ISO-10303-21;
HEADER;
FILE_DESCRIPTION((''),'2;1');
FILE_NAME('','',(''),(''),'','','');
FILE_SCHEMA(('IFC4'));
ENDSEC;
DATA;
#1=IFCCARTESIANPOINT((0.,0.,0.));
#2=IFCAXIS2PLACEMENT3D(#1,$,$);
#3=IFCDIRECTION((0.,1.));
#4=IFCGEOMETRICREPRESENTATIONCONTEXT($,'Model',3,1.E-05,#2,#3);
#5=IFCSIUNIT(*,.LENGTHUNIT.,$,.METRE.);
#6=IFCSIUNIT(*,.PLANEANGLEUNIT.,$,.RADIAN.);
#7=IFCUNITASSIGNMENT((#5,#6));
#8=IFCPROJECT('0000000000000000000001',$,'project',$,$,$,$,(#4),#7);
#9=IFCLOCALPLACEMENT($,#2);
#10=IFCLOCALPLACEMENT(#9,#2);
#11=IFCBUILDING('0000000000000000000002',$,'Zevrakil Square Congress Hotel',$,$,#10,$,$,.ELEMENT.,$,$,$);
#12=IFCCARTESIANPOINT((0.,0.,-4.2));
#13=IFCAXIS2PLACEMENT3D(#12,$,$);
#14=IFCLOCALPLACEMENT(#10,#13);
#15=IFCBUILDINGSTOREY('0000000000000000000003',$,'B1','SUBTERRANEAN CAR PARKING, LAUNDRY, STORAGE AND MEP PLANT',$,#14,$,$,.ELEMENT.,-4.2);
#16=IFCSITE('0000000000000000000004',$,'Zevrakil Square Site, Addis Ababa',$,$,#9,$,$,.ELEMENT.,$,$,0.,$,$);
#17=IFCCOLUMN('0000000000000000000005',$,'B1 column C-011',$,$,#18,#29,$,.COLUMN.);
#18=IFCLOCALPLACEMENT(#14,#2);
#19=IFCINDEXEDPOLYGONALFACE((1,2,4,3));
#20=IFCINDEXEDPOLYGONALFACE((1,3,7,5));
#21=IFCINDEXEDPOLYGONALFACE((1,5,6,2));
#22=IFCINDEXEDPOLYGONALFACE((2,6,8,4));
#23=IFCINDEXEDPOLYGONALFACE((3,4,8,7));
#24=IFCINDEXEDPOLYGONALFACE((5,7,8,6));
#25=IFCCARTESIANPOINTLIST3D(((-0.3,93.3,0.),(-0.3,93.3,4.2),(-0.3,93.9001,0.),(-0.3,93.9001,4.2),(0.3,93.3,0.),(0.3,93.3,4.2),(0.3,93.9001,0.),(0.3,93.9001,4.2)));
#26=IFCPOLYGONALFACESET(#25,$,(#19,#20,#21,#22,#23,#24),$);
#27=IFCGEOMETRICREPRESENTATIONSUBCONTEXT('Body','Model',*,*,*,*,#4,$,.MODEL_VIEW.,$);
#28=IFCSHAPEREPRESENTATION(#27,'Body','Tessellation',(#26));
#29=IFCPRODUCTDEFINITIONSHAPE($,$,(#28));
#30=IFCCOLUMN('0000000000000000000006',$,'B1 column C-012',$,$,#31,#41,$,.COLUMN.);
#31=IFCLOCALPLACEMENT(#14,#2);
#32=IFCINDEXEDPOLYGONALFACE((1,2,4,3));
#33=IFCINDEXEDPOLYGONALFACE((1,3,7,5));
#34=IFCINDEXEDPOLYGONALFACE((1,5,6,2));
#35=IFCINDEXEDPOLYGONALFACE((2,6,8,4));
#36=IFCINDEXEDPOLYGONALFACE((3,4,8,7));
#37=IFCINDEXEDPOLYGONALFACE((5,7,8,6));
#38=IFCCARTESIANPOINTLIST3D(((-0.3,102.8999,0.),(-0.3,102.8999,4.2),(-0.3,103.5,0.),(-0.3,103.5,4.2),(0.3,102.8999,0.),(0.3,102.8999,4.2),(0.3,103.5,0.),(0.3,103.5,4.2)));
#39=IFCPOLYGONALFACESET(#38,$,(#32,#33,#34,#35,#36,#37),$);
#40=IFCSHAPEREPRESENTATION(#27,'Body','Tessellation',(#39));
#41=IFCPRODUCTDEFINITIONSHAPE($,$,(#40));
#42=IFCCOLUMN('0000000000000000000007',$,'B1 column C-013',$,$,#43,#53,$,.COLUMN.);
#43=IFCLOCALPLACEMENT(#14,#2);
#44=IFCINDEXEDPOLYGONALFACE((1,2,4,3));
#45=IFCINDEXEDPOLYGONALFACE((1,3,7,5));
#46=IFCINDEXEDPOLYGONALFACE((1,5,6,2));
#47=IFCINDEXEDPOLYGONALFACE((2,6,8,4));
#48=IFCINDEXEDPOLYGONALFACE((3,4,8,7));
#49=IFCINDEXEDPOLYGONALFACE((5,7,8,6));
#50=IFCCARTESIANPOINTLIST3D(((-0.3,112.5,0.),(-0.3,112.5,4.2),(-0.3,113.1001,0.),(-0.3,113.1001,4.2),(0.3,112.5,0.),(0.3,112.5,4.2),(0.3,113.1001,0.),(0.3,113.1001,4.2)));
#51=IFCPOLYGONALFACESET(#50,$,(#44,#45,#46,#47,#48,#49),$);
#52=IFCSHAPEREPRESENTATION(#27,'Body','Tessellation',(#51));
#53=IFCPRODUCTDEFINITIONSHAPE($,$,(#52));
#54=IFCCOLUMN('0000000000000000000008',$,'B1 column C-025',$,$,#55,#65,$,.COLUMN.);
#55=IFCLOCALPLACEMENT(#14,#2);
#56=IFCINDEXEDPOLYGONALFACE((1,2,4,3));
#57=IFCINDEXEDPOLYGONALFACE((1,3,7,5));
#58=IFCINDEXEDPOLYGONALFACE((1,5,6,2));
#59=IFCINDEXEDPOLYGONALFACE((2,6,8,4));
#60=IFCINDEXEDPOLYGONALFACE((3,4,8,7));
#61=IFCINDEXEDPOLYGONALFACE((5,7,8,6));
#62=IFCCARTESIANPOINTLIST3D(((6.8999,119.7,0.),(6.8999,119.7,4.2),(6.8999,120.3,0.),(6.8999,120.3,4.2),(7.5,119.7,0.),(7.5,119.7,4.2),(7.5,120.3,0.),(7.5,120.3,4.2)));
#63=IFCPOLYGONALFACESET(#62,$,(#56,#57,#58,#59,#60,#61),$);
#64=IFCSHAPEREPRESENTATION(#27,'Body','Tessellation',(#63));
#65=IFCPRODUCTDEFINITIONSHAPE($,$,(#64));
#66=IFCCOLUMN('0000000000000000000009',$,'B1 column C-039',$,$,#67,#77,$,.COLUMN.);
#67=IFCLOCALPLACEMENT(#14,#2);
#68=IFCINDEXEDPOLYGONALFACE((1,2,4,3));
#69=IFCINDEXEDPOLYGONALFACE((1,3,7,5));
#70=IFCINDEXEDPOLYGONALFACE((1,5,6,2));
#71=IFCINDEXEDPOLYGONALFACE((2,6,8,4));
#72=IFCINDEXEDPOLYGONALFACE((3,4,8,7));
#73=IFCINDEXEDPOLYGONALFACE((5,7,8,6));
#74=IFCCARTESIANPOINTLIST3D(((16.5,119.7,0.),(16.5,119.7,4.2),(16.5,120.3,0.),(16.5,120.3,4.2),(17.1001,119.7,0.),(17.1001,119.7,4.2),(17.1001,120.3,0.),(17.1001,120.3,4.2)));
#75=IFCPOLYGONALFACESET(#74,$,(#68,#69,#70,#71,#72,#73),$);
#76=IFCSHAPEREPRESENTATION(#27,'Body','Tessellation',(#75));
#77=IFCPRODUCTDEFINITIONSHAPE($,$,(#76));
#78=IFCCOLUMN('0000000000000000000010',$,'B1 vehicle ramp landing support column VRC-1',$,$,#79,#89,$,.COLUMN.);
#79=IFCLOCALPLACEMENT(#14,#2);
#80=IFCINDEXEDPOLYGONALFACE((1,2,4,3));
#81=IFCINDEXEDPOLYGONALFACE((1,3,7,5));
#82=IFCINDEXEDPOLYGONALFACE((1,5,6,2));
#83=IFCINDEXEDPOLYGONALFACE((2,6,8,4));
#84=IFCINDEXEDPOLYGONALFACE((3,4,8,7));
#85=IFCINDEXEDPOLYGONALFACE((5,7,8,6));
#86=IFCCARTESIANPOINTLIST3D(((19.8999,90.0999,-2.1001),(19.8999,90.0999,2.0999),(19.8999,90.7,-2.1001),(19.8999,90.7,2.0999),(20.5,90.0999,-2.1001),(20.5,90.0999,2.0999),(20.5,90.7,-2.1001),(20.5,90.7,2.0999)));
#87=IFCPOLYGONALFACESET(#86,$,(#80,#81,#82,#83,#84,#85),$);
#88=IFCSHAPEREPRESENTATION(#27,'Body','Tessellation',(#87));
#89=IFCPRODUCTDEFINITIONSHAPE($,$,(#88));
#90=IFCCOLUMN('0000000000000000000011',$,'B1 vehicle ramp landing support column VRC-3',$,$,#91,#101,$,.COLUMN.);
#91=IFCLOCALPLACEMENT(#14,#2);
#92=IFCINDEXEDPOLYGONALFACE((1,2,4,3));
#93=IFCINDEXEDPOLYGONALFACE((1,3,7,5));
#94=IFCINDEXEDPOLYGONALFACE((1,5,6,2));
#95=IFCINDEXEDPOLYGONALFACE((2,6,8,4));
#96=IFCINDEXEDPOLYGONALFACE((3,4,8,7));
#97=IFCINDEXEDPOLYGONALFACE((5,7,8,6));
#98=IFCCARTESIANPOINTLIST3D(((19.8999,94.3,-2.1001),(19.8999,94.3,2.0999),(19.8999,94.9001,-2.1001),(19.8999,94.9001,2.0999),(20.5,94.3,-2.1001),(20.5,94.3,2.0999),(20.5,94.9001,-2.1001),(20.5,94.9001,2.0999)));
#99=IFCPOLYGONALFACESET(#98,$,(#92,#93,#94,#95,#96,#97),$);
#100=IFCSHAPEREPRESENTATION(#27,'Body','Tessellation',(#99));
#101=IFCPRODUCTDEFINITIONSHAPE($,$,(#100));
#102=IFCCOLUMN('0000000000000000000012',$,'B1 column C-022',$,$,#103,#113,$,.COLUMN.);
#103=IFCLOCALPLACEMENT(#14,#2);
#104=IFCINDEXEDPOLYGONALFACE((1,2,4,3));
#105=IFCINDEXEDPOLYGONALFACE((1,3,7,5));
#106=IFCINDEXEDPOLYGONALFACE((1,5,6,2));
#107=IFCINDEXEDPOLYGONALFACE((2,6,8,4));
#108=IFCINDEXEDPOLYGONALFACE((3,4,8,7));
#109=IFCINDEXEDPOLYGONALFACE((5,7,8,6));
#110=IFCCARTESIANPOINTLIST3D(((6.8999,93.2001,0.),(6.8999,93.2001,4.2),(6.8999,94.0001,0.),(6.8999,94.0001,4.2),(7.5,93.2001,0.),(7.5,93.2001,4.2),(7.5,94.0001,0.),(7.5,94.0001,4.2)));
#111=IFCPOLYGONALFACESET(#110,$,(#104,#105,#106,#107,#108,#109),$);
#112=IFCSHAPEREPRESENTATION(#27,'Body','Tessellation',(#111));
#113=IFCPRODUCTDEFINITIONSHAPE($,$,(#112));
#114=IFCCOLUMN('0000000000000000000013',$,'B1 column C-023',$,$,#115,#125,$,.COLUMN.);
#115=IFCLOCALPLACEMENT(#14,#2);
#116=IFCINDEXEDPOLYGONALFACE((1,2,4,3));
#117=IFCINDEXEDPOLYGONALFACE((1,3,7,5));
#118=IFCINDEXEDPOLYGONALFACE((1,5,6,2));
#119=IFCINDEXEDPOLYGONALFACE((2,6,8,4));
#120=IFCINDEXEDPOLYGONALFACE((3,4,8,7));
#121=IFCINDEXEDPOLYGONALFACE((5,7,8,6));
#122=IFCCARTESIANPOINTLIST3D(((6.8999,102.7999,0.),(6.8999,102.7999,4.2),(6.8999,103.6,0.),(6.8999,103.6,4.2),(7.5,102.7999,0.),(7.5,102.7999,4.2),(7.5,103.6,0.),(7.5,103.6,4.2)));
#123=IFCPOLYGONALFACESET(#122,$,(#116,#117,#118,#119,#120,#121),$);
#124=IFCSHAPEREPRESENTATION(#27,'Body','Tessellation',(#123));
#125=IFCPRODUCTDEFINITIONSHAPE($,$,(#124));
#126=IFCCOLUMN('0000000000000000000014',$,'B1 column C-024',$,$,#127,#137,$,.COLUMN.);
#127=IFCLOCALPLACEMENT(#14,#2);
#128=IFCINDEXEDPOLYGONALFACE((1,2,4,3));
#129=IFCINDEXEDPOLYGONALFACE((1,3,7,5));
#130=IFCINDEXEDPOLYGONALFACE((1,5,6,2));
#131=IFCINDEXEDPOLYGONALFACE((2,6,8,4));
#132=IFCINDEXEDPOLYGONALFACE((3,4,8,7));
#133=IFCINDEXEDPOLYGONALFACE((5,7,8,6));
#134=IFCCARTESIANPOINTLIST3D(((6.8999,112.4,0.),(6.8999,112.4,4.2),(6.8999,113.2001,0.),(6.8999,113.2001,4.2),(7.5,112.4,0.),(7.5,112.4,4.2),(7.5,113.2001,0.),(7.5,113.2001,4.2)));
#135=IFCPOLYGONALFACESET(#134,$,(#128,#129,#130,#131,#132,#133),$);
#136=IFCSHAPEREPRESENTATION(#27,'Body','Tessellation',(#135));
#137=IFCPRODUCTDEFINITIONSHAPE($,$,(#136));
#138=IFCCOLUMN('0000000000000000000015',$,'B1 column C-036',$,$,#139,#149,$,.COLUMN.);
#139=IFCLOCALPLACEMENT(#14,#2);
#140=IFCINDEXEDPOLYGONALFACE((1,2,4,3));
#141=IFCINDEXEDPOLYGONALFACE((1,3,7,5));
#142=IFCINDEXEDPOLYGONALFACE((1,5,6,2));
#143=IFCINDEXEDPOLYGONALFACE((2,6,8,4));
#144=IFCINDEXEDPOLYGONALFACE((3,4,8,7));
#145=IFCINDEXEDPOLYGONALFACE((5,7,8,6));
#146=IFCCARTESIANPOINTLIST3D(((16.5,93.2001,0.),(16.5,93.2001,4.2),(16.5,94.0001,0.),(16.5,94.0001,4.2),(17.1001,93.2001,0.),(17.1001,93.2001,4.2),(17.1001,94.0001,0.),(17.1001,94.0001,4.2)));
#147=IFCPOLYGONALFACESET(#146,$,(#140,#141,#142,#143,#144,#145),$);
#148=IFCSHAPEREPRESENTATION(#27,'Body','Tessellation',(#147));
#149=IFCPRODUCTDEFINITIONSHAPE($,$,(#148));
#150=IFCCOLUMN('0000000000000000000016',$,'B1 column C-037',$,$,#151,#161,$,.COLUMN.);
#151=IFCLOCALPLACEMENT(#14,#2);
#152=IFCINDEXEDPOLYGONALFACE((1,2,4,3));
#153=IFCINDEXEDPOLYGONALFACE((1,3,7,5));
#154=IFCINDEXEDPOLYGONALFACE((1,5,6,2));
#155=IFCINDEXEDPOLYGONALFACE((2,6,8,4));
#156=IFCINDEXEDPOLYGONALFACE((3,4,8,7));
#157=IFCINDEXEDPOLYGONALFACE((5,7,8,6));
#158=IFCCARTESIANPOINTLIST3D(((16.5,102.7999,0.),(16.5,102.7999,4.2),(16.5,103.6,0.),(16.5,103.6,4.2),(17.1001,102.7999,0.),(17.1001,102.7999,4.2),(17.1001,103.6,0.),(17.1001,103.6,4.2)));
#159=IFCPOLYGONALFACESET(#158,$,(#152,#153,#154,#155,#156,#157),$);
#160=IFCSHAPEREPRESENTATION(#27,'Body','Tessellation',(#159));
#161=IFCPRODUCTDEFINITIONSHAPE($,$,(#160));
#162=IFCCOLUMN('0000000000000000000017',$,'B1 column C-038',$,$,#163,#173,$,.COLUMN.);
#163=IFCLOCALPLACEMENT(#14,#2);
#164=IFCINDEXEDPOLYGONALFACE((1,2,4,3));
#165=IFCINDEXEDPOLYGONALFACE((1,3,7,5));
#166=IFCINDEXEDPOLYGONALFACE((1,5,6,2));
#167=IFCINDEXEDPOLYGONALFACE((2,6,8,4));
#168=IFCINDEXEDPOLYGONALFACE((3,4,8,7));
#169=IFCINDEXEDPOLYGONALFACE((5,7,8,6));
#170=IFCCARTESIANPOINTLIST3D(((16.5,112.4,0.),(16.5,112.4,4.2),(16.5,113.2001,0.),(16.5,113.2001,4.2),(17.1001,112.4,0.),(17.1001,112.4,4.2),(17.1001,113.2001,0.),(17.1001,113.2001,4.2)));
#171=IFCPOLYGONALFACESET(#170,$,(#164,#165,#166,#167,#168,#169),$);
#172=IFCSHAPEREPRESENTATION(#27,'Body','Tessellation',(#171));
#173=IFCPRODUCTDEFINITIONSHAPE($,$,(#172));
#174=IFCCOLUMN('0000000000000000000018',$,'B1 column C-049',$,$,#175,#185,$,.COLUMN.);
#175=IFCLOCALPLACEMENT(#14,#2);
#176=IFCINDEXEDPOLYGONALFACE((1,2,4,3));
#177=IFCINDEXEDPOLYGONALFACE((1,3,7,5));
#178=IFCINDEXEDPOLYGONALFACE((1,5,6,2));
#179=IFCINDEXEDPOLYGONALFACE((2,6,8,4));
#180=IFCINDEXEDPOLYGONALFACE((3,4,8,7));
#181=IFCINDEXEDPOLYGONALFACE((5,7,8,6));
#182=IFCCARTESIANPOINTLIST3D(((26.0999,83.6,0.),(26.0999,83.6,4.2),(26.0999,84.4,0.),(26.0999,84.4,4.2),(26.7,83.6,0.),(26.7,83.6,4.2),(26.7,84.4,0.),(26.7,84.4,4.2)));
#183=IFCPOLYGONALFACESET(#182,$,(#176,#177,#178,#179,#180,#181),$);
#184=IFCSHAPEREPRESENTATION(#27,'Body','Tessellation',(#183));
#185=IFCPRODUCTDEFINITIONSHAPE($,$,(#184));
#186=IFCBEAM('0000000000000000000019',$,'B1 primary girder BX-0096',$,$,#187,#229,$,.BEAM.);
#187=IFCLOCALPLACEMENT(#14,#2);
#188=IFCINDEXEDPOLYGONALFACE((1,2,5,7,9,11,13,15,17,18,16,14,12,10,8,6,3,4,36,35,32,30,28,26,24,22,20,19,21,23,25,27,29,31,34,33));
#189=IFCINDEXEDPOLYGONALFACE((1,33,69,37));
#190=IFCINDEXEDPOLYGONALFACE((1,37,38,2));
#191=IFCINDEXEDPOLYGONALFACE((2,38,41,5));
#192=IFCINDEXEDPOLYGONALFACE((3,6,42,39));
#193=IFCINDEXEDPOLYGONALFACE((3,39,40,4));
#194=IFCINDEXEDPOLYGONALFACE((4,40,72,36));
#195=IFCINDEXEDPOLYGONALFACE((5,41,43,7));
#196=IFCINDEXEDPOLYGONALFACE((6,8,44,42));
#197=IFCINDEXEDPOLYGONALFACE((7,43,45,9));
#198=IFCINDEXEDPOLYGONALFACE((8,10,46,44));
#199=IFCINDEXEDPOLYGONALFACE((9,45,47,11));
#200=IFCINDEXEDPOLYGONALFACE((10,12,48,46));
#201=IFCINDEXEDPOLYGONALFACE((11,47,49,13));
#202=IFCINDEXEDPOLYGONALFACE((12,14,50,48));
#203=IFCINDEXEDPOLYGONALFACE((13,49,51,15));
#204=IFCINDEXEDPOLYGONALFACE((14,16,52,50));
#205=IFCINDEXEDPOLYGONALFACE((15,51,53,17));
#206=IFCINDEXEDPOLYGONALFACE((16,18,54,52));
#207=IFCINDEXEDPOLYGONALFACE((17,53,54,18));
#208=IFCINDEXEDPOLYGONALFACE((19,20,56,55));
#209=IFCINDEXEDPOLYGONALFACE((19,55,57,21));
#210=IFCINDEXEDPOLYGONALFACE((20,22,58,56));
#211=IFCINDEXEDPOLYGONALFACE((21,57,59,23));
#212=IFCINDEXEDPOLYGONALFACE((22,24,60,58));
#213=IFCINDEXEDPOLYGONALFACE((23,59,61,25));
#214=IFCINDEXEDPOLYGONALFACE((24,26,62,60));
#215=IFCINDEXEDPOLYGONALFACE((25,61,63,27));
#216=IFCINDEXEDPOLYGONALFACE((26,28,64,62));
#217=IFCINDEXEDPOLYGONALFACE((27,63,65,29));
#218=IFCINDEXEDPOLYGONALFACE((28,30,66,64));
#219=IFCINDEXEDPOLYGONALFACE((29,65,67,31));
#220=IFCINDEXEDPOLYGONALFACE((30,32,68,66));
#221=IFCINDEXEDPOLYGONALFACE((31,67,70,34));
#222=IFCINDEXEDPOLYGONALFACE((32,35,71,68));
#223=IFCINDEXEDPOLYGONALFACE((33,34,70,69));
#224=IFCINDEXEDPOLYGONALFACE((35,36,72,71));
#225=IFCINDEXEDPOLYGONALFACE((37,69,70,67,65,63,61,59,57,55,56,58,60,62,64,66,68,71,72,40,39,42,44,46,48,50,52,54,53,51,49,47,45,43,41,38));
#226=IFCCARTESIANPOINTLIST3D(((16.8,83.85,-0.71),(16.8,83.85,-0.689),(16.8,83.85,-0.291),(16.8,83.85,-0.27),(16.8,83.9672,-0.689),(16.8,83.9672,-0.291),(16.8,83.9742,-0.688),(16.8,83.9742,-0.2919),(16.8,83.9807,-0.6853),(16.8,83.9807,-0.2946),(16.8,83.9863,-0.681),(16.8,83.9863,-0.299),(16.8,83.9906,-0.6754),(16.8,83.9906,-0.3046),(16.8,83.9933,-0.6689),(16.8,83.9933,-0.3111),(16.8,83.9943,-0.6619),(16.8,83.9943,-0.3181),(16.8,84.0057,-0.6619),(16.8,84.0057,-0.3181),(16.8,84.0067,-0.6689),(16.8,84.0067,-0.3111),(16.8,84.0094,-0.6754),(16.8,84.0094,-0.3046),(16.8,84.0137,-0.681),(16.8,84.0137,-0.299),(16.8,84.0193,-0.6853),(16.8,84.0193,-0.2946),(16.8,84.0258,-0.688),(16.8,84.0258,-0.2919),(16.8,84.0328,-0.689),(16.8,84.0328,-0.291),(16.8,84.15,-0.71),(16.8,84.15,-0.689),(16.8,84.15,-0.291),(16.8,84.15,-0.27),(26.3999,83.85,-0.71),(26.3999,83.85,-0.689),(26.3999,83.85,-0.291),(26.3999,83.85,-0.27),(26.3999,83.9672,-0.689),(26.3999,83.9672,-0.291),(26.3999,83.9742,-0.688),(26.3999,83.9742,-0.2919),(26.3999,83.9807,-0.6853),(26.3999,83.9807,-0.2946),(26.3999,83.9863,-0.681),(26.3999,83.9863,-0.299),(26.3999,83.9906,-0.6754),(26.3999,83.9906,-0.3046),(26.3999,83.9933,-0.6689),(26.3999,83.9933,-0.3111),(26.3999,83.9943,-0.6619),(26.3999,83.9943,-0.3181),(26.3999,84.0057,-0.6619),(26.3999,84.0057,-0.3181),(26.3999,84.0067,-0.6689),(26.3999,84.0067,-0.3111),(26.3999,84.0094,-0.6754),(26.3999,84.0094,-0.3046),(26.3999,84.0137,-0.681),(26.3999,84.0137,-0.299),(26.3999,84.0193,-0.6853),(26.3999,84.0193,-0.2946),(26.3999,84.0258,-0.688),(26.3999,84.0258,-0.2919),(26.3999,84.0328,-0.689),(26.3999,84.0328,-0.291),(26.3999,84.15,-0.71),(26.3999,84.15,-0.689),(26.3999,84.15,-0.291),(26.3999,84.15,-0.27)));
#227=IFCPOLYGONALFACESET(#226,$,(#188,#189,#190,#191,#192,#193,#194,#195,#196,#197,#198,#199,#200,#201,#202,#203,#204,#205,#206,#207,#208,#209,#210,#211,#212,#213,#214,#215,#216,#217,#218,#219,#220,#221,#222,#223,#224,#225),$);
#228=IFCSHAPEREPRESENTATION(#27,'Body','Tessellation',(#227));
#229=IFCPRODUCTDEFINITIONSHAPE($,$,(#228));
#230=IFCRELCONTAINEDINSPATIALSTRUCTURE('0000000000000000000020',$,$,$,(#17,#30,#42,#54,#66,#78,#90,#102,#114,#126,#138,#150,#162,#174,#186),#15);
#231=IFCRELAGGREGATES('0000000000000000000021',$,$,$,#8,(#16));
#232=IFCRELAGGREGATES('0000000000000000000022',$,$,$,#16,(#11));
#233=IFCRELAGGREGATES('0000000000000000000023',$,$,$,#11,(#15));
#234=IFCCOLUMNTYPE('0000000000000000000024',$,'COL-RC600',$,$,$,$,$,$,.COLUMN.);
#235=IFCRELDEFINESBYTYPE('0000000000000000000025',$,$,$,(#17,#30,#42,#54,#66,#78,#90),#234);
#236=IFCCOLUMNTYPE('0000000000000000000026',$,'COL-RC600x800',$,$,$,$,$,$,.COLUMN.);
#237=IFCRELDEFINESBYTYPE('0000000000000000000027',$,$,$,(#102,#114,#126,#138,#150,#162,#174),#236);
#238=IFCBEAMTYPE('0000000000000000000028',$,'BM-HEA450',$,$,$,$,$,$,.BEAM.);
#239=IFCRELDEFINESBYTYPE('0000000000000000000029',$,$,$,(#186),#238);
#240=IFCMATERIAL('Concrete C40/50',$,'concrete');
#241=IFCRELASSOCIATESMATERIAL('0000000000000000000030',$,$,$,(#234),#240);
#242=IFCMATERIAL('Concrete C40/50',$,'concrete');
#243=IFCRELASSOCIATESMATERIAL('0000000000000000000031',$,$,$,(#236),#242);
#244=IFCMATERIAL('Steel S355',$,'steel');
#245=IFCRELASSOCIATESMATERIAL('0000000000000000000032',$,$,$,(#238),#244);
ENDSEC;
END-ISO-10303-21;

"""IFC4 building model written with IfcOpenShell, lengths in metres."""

from ifc_helpers import new_model, si_unit, direction, frame, origin, origin_2d, place, context, subcontext, project, spatial, rectangle, i_section, extrude, material, material_profile, profile_set, type_object, element, save


model = new_model("IFC4")

# Units and contexts
model_context = context("Model", 3, precision=1e-05, world=origin(), true_north=direction((0.0, 1.0)))
body_context = subcontext(model_context, "Body", "Model", "MODEL_VIEW")
ifc_project = project(units=[si_unit("LENGTHUNIT", "METRE"), si_unit("PLANEANGLEUNIT", "RADIAN")], contexts=[model_context])

# Site, building, storey
site_placement = place(None, origin())
site = spatial("IfcSite", under=ifc_project, at=site_placement, Name="Zevrakil Square Site, Addis Ababa", CompositionType="ELEMENT", RefElevation=0.0)
building_placement = place(site_placement, origin())
building = spatial("IfcBuilding", under=site, at=building_placement, Name="Zevrakil Square Congress Hotel", CompositionType="ELEMENT")
storey_placement = place(building_placement, frame((0.0, 0.0, -4.2)))
storey = spatial("IfcBuildingStorey", under=building, at=storey_placement, Name="B1", Description="SUBTERRANEAN CAR PARKING, LAUNDRY, STORAGE AND MEP PLANT", CompositionType="ELEMENT", Elevation=-4.2)

# Columns
ifc_material_1 = material(Name="Concrete C40/50", Category="concrete")
ifc_material_profile_1 = material_profile(ifc_material_1, rectangle(XDim=0.6001, YDim=0.6001, at=origin_2d()), Name="RC 600x600")
ifc_profile_set_1 = profile_set([ifc_material_profile_1], Name="Concrete C40/50")
column_type_1 = type_object("IfcColumnType", Name="COL-RC600", PredefinedType="COLUMN", material=ifc_profile_set_1)
for number, where, z_axis, x_axis, name in (
    (1, (0.0, 93.6001, 0.0), (0.0, 0.0, 1.0), (1.0, 0.0, 0.0), "B1 column C-011"),
    (2, (0.0, 103.2, 0.0), (0.0, 0.0, 1.0), (1.0, 0.0, 0.0), "B1 column C-012"),
    (3, (0.0, 112.8, 0.0), (0.0, 0.0, 1.0), (1.0, 0.0, 0.0), "B1 column C-013"),
    (4, (7.2, 120.0, 0.0), (0.0, 0.0, 1.0), (1.0, 0.0, 0.0), "B1 column C-025"),
    (5, (16.8, 120.0, 0.0), (0.0, 0.0, 1.0), (1.0, 0.0, 0.0), "B1 column C-039"),
    (6, (20.2, 90.3999, -2.1001), (0.0, 0.0, 1.0), (1.0, 0.0, 0.0), "B1 vehicle ramp landing support column VRC-1"),
    (7, (20.2, 94.6001, -2.1001), (0.0, 0.0, 1.0), (1.0, 0.0, 0.0), "B1 vehicle ramp landing support column VRC-3"),
):
    element("IfcColumn", number, at=place(storey_placement, frame(where, z_axis=z_axis, x_axis=x_axis)), inside=storey, type_object=column_type_1, Name=name, PredefinedType="COLUMN", context=body_context, shape_type="SweptSolid", body=[
        extrude(rectangle(XDim=0.6001, YDim=0.6001, at=origin_2d()), origin(), (0.0, 0.0, 1.0), 4.2),
    ])
ifc_material_2 = material(Name="Concrete C40/50", Category="concrete")
ifc_material_profile_2 = material_profile(ifc_material_2, rectangle(XDim=0.6001, YDim=0.8, at=origin_2d()), Name="RC 600x800")
ifc_profile_set_2 = profile_set([ifc_material_profile_2], Name="Concrete C40/50")
column_type_2 = type_object("IfcColumnType", Name="COL-RC600x800", PredefinedType="COLUMN", material=ifc_profile_set_2)
for number, where, z_axis, x_axis, name in (
    (8, (7.2, 93.6001, 0.0), (0.0, 0.0, 1.0), (1.0, 0.0, 0.0), "B1 column C-022"),
    (9, (7.2, 103.2, 0.0), (0.0, 0.0, 1.0), (1.0, 0.0, 0.0), "B1 column C-023"),
    (10, (7.2, 112.8, 0.0), (0.0, 0.0, 1.0), (1.0, 0.0, 0.0), "B1 column C-024"),
    (11, (16.8, 93.6001, 0.0), (0.0, 0.0, 1.0), (1.0, 0.0, 0.0), "B1 column C-036"),
    (12, (16.8, 103.2, 0.0), (0.0, 0.0, 1.0), (1.0, 0.0, 0.0), "B1 column C-037"),
    (13, (16.8, 112.8, 0.0), (0.0, 0.0, 1.0), (1.0, 0.0, 0.0), "B1 column C-038"),
    (14, (26.3999, 84.0, 0.0), (0.0, 0.0, 1.0), (1.0, 0.0, 0.0), "B1 column C-049"),
):
    element("IfcColumn", number, at=place(storey_placement, frame(where, z_axis=z_axis, x_axis=x_axis)), inside=storey, type_object=column_type_2, Name=name, PredefinedType="COLUMN", context=body_context, shape_type="SweptSolid", body=[
        extrude(rectangle(XDim=0.6001, YDim=0.8, at=origin_2d()), origin(), (0.0, 0.0, 1.0), 4.2),
    ])

# Beam
ifc_material_3 = material(Name="Steel S355", Category="steel")
ifc_material_profile_3 = material_profile(ifc_material_3, i_section(OverallWidth=0.3, OverallDepth=0.4399, WebThickness=0.0115, FlangeThickness=0.021, FilletRadius=0.0271, at=origin_2d()), Name="HEA 450")
ifc_profile_set_3 = profile_set([ifc_material_profile_3], Name="Steel S355")
beam_type_1 = type_object("IfcBeamType", Name="BM-HEA450", PredefinedType="BEAM", material=ifc_profile_set_3)
beam_1_placement = place(storey_placement, frame((16.8, 84.0, -0.49), z_axis=(1.0, 0.0, 0.0), x_axis=(0.0, 1.0, 0.0)))
element("IfcBeam", 15, at=beam_1_placement, inside=storey, type_object=beam_type_1, Name="B1 primary girder BX-0096", PredefinedType="BEAM", context=body_context, shape_type="SweptSolid", body=[
    extrude(i_section(OverallWidth=0.3, OverallDepth=0.4399, WebThickness=0.0115, FlangeThickness=0.021, FilletRadius=0.0271, at=origin_2d()), origin(), (0.0, 0.0, 1.0), 9.5999),
])

save(model, "model.ifc")
